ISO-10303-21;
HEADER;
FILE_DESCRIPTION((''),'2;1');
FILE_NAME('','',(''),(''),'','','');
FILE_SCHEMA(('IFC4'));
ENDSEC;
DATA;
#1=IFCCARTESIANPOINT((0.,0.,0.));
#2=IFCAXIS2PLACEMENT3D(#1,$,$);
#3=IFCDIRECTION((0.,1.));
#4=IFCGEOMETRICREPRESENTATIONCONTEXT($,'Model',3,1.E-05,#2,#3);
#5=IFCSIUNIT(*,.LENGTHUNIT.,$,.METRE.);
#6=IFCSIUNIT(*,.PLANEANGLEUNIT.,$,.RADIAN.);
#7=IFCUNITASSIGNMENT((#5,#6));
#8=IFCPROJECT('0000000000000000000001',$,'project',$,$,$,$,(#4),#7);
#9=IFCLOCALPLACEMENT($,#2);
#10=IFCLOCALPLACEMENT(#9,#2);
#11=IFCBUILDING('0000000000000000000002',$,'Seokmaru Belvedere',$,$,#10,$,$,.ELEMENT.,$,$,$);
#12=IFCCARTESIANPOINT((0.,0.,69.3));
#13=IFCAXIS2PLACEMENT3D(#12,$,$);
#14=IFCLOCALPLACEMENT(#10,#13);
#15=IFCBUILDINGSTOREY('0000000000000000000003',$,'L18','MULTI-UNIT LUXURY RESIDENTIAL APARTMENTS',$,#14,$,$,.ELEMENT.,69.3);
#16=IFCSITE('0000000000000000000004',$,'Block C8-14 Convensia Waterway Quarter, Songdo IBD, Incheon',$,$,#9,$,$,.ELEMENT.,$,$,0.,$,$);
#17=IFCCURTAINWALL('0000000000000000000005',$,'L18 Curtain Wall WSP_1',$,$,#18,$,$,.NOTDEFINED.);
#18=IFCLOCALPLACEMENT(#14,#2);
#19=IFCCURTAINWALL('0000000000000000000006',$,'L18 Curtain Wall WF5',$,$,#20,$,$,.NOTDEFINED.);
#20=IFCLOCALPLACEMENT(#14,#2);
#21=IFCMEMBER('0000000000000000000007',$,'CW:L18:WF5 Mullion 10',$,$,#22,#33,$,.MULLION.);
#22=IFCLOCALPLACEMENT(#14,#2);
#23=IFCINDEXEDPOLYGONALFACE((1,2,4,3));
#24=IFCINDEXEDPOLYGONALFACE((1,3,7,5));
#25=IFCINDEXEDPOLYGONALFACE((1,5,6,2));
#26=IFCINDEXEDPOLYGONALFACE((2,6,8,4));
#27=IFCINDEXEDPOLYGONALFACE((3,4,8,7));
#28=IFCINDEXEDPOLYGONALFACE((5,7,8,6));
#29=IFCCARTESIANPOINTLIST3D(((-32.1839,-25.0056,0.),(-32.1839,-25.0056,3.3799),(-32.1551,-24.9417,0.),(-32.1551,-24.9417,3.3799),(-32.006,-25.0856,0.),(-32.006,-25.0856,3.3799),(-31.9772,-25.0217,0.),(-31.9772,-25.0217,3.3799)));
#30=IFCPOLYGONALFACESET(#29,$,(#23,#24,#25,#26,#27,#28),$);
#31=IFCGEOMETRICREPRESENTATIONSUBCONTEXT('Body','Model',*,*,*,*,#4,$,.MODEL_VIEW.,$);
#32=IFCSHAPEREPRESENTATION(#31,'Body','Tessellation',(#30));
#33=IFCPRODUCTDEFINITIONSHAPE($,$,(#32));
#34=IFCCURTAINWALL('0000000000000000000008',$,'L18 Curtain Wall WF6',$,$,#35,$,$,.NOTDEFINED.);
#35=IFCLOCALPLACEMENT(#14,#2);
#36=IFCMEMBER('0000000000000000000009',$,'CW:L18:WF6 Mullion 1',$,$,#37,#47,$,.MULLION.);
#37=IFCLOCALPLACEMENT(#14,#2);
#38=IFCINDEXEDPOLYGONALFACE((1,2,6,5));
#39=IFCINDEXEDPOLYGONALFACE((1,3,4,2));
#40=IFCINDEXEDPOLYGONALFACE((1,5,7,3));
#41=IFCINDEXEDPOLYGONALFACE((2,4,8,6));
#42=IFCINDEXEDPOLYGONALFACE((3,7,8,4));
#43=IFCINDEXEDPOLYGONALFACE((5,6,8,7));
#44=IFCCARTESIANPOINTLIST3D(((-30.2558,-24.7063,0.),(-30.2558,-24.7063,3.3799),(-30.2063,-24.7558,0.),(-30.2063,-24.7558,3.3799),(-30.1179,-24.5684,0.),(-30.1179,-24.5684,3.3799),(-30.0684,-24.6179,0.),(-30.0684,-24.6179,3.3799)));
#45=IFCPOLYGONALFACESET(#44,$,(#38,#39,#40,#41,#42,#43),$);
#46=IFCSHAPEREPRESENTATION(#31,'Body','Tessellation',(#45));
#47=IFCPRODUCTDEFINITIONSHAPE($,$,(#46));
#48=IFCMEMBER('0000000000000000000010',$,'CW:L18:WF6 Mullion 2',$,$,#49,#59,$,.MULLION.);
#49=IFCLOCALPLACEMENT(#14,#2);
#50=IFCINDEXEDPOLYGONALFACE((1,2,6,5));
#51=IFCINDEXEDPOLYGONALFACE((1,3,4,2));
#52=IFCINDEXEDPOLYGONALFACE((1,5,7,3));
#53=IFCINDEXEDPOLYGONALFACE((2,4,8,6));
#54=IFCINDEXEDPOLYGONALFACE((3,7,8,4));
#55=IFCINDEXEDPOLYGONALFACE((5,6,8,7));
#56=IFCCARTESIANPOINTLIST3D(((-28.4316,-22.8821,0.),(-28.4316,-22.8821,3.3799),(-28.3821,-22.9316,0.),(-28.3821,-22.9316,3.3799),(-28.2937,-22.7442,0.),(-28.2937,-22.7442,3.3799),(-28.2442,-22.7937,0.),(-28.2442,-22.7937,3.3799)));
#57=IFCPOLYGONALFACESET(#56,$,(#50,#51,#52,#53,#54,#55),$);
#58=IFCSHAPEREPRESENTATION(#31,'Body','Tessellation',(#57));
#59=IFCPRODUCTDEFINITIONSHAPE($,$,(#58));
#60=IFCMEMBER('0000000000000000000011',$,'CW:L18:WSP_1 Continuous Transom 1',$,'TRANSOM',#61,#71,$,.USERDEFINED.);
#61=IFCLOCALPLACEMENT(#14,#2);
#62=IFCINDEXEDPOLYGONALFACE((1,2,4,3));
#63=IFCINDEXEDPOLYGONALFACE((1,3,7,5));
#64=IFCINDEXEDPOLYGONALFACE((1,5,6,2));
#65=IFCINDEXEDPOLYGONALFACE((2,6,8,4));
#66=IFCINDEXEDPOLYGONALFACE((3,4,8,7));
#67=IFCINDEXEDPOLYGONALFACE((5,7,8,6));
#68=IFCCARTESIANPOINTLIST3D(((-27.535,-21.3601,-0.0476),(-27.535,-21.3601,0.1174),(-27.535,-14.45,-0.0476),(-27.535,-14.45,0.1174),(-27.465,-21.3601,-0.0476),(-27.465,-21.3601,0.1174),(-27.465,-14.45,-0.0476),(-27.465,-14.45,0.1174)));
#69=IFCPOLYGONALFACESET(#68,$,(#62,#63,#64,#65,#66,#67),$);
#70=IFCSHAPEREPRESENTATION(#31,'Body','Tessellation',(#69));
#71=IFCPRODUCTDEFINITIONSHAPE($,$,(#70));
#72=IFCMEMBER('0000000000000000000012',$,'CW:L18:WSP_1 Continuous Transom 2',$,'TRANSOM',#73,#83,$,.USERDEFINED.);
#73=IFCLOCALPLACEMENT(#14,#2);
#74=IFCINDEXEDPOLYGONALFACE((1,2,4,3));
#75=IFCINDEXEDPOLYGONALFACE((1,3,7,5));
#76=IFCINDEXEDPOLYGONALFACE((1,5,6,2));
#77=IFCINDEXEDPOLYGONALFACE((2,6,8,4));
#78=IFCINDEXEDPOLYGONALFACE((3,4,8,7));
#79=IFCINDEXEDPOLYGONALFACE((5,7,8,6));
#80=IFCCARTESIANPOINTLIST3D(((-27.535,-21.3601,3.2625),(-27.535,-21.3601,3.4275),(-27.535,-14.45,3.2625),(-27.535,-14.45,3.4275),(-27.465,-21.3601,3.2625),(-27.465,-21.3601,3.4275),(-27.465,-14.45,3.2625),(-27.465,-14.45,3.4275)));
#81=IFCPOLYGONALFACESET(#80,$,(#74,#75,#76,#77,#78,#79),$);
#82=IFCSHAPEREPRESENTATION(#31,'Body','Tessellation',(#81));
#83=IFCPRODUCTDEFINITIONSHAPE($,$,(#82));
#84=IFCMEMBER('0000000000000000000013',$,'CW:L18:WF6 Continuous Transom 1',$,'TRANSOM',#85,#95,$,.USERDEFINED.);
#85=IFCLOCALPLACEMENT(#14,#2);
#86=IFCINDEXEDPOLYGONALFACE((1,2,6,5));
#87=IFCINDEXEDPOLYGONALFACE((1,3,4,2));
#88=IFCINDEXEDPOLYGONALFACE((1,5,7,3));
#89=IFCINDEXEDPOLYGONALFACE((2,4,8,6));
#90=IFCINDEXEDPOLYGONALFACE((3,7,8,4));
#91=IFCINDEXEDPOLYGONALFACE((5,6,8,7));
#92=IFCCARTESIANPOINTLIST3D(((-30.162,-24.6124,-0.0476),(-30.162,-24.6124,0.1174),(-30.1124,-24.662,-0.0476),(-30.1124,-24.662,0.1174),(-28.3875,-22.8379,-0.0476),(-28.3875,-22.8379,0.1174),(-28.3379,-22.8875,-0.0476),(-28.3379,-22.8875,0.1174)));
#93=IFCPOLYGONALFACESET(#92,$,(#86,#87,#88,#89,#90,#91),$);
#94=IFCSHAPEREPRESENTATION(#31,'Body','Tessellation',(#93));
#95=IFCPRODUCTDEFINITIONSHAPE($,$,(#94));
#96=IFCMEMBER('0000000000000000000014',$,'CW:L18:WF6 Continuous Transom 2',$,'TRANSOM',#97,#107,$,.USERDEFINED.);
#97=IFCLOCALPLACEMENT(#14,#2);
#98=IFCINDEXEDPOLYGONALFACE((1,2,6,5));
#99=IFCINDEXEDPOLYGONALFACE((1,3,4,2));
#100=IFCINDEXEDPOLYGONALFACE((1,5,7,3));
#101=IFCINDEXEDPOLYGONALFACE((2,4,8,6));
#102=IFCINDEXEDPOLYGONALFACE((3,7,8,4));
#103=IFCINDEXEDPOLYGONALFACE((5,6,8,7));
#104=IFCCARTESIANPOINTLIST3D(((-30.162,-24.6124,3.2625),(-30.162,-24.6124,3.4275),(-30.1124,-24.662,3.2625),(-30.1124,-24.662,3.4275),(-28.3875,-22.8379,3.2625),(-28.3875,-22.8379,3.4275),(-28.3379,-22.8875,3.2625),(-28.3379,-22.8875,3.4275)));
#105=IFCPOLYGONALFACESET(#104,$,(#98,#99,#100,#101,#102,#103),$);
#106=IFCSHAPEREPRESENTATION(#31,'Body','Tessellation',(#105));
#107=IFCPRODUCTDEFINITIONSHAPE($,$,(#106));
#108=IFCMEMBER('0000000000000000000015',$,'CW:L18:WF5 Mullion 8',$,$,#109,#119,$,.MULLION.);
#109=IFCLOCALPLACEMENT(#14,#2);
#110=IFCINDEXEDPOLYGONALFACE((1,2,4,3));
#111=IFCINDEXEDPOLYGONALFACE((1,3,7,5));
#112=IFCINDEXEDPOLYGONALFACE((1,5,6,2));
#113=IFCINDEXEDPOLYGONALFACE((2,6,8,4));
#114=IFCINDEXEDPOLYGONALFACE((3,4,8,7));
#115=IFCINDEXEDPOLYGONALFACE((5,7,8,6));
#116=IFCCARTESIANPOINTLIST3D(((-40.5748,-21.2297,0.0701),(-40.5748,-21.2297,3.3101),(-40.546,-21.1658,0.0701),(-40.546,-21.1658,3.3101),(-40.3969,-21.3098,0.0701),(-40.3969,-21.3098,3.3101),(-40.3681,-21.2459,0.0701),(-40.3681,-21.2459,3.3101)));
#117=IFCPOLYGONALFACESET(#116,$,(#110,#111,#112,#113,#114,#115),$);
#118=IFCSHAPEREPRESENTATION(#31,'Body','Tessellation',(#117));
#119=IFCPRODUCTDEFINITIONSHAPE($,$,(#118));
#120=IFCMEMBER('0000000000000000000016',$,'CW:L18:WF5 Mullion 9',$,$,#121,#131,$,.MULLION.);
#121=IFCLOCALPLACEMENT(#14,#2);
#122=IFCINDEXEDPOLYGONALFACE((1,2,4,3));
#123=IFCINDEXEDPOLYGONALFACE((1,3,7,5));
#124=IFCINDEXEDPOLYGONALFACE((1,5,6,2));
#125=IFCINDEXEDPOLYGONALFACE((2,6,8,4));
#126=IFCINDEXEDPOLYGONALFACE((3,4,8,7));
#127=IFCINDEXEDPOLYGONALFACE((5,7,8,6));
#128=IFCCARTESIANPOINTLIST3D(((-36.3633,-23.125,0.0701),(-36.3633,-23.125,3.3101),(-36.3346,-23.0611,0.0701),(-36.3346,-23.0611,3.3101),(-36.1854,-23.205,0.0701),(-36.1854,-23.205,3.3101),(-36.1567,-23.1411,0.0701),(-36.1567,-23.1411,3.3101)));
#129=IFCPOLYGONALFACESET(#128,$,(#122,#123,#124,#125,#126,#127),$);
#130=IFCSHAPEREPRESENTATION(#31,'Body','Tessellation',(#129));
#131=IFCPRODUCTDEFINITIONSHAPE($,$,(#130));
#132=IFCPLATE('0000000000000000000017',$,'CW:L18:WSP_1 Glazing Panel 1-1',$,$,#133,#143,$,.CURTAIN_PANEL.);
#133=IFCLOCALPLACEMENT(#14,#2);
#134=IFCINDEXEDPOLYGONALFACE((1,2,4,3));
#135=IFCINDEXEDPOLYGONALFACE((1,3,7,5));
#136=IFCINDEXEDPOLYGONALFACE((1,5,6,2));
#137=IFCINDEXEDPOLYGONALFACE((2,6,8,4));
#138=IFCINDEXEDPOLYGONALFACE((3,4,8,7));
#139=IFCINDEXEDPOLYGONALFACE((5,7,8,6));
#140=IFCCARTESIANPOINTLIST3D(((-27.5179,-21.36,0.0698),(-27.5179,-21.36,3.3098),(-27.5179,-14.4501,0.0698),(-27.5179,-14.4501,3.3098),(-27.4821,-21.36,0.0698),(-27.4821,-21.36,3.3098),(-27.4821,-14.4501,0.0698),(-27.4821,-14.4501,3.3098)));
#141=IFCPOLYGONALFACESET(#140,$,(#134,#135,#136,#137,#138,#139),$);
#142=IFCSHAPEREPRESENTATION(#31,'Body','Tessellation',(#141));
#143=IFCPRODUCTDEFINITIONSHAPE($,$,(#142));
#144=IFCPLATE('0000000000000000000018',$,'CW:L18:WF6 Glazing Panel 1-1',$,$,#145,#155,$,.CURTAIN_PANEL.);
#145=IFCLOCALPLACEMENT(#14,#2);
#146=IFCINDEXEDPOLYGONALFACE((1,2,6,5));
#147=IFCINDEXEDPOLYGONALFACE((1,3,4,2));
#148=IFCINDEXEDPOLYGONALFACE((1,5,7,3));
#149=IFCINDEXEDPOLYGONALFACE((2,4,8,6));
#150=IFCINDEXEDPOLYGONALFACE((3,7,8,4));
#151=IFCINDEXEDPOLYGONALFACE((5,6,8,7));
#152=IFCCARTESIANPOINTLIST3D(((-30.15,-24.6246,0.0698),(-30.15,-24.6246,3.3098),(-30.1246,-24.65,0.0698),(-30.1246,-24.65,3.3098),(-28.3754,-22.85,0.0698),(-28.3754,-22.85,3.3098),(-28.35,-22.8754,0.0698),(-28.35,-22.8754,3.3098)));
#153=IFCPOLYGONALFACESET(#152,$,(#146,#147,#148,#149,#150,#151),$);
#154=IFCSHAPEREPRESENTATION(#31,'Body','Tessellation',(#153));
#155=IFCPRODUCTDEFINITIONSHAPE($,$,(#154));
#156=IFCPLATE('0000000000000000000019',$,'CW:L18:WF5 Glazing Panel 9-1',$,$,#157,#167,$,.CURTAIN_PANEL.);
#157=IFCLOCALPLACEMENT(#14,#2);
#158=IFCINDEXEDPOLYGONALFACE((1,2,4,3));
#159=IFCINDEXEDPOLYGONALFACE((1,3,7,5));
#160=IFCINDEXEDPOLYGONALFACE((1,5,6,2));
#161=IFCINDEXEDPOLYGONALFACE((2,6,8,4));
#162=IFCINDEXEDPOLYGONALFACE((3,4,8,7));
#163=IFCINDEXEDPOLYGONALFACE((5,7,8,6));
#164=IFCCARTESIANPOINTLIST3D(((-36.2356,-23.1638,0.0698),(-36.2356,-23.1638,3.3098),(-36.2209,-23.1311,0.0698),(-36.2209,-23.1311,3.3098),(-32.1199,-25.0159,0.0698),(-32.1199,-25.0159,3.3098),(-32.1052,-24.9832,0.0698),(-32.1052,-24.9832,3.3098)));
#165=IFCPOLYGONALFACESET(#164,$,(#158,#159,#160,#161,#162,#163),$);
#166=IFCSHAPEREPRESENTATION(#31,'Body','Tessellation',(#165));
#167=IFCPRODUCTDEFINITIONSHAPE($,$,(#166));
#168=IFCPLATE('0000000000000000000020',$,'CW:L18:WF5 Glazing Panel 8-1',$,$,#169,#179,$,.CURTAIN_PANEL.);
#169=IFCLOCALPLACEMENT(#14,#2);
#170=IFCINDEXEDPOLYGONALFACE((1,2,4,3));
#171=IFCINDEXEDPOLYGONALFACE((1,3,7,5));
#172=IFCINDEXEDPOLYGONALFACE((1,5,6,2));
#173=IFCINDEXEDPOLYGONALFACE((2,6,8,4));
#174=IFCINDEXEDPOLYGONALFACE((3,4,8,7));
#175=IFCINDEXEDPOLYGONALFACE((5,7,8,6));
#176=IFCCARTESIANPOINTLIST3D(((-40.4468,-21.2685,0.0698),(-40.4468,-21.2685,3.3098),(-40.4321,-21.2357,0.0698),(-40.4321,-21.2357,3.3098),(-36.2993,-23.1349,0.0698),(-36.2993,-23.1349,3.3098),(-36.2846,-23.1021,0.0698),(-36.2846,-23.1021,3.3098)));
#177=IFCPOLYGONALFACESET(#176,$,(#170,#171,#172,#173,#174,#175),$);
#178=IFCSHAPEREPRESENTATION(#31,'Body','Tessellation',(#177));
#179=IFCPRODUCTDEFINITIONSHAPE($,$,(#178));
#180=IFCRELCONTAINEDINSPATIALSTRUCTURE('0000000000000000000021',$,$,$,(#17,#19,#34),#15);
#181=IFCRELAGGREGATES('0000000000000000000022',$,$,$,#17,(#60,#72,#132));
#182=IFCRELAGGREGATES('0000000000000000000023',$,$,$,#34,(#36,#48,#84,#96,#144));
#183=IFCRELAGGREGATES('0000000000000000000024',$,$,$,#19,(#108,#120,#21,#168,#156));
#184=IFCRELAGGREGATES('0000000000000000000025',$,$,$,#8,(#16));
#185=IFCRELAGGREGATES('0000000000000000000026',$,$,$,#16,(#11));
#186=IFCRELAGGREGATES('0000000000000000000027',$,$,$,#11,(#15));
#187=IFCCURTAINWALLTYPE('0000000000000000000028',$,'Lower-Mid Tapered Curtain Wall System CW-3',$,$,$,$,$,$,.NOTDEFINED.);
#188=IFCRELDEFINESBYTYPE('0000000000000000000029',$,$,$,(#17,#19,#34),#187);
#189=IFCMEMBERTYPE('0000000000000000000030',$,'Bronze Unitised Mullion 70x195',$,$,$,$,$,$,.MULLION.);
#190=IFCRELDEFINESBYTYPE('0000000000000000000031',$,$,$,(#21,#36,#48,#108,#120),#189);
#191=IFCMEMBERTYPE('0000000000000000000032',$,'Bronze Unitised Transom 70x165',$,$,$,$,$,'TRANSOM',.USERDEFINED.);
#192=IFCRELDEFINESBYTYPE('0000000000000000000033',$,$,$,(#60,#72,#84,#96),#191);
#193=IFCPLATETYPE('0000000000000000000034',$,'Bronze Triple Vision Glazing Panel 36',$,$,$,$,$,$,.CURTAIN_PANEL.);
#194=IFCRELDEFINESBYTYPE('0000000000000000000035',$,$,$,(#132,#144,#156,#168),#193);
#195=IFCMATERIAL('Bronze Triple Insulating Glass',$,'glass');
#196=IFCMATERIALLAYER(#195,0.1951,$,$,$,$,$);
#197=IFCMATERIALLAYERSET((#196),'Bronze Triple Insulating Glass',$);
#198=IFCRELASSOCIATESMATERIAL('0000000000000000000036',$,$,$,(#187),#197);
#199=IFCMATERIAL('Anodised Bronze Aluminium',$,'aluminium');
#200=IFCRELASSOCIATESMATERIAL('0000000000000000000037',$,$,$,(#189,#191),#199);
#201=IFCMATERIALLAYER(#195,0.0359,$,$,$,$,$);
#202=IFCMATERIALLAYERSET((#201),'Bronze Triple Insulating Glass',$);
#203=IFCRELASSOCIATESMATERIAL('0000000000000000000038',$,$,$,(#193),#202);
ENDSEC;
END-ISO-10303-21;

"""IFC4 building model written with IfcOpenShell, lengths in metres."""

from ifc_helpers import new_model, si_unit, direction, frame, origin, origin_2d, place, context, subcontext, project, spatial, rectangle, extrude, source, transform, mapped, material, layer, layer_set, material_profile, profile_set, type_object, type_shapes, element, aggregate, save


model = new_model("IFC4")

# Units and contexts
model_context = context("Model", 3, precision=1e-05, world=origin(), true_north=direction((0.0, 1.0)))
body_context = subcontext(model_context, "Body", "Model", "MODEL_VIEW")
ifc_project = project(units=[si_unit("LENGTHUNIT", "METRE"), si_unit("PLANEANGLEUNIT", "RADIAN")], contexts=[model_context])

# Site, building, storey
site_placement = place(None, origin())
site = spatial("IfcSite", under=ifc_project, at=site_placement, Name="Block C8-14 Convensia Waterway Quarter, Songdo IBD, Incheon", CompositionType="ELEMENT", RefElevation=0.0)
building_placement = place(site_placement, origin())
building = spatial("IfcBuilding", under=site, at=building_placement, Name="Seokmaru Belvedere", CompositionType="ELEMENT")
storey_placement = place(building_placement, frame((0.0, 0.0, 69.3)))
storey = spatial("IfcBuildingStorey", under=building, at=storey_placement, Name="L18", Description="MULTI-UNIT LUXURY RESIDENTIAL APARTMENTS", CompositionType="ELEMENT", Elevation=69.3)

# Curtain wall
ifc_material_1 = material(Name="Bronze Triple Insulating Glass", Category="glass")
ifc_layer_1 = layer(ifc_material_1, 0.1951)
ifc_layer_set_1 = layer_set([ifc_layer_1], Name="Bronze Triple Insulating Glass")
curtain_wall_type = type_object("IfcCurtainWallType", Name="Lower-Mid Tapered Curtain Wall System CW-3", PredefinedType="NOTDEFINED", material=ifc_layer_set_1)
curtain_wall_1_placement = place(storey_placement, origin())
curtain_wall_1 = element("IfcCurtainWall", 1, at=curtain_wall_1_placement, inside=storey, type_object=curtain_wall_type, Name="L18 Curtain Wall WSP_1", PredefinedType="NOTDEFINED")
ifc_material_2 = material(Name="Anodised Bronze Aluminium", Category="aluminium")
ifc_material_profile_1 = material_profile(ifc_material_2, rectangle(XDim=0.0701, YDim=0.1951, at=origin_2d()), Name="CW-M-70x195")
ifc_profile_set_1 = profile_set([ifc_material_profile_1], Name="Anodised Bronze Aluminium")
member_type_1 = type_object("IfcMemberType", Name="Bronze Unitised Mullion 70x195", PredefinedType="MULLION", material=ifc_profile_set_1)
shared_shape_1 = source(origin(), body_context, "Body", "SweptSolid", [
    extrude(rectangle(XDim=0.0701, YDim=0.1951, at=origin_2d()), origin(), (0.0, 0.0, 1.0), 3.3799),
])

# Curtain wall, member
curtain_wall_2_placement = place(storey_placement, origin())
curtain_wall_2 = element("IfcCurtainWall", 2, at=curtain_wall_2_placement, inside=storey, type_object=curtain_wall_type, Name="L18 Curtain Wall WF5", PredefinedType="NOTDEFINED")
member_1_placement = place(storey_placement, frame((-32.0806, -25.0137, 0.0), z_axis=(0.0, 0.0, 1.0), x_axis=(0.410366, 0.911921, 0.0)))
member_1 = element("IfcMember", 3, at=member_1_placement, type_object=member_type_1, Name="CW:L18:WF5 Mullion 10", PredefinedType="MULLION", context=body_context, shape_type="MappedRepresentation", body=[
    mapped(shared_shape_1, transform((0.0, 0.0, 0.0), scale=1.0)),
])

# Curtain wall, members
curtain_wall_3_placement = place(storey_placement, origin())
curtain_wall_3 = element("IfcCurtainWall", 4, at=curtain_wall_3_placement, inside=storey, type_object=curtain_wall_type, Name="L18 Curtain Wall WF6", PredefinedType="NOTDEFINED")
member_2_placement = place(storey_placement, frame((-30.1621, -24.6621, 0.0), z_axis=(0.0, 0.0, 1.0), x_axis=(-0.707107, 0.707107, 0.0)))
member_2 = element("IfcMember", 5, at=member_2_placement, type_object=member_type_1, Name="CW:L18:WF6 Mullion 1", PredefinedType="MULLION", context=body_context, shape_type="MappedRepresentation", body=[
    mapped(shared_shape_1, transform((0.0, 0.0, 0.0), scale=1.0)),
])
member_3_placement = place(storey_placement, frame((-28.3379, -22.8379, 0.0), z_axis=(0.0, 0.0, 1.0), x_axis=(-0.707107, 0.707107, 0.0)))
member_3 = element("IfcMember", 6, at=member_3_placement, type_object=member_type_1, Name="CW:L18:WF6 Mullion 2", PredefinedType="MULLION", context=body_context, shape_type="MappedRepresentation", body=[
    mapped(shared_shape_1, transform((0.0, 0.0, 0.0), scale=1.0)),
])

# Members
ifc_material_profile_2 = material_profile(ifc_material_2, rectangle(XDim=0.0701, YDim=0.165, at=origin_2d()), Name="CW-T-70x165")
ifc_profile_set_2 = profile_set([ifc_material_profile_2], Name="Anodised Bronze Aluminium")
member_type_2 = type_object("IfcMemberType", Name="Bronze Unitised Transom 70x165", ElementType="TRANSOM", PredefinedType="USERDEFINED", material=ifc_profile_set_2)
shared_shape_2 = source(origin(), body_context, "Body", "SweptSolid", [
    extrude(rectangle(XDim=0.0701, YDim=0.165, at=origin_2d()), origin(), (0.0, 0.0, 1.0), 6.9102),
])
member_4_placement = place(storey_placement, frame((-27.5, -21.3601, 0.0349), z_axis=(0.0, 1.0, 0.0), x_axis=(-1.0, 0.0, 0.0)))
member_4 = element("IfcMember", 7, at=member_4_placement, type_object=member_type_2, Name="CW:L18:WSP_1 Continuous Transom 1", ObjectType="TRANSOM", PredefinedType="USERDEFINED", context=body_context, shape_type="MappedRepresentation", body=[
    mapped(shared_shape_2, transform((0.0, 0.0, 0.0), scale=1.0)),
])
member_5_placement = place(storey_placement, frame((-27.5, -21.3601, 3.345), z_axis=(0.0, 1.0, 0.0), x_axis=(-1.0, 0.0, 0.0)))
member_5 = element("IfcMember", 8, at=member_5_placement, type_object=member_type_2, Name="CW:L18:WSP_1 Continuous Transom 2", ObjectType="TRANSOM", PredefinedType="USERDEFINED", context=body_context, shape_type="MappedRepresentation", body=[
    mapped(shared_shape_2, transform((0.0, 0.0, 0.0), scale=1.0)),
])
shared_shape_3 = source(origin(), body_context, "Body", "SweptSolid", [
    extrude(rectangle(XDim=0.0701, YDim=0.165, at=origin_2d()), origin(), (0.0, 0.0, 1.0), 2.5095),
])
type_shapes(member_type_2, [shared_shape_2, shared_shape_3])
member_6_placement = place(storey_placement, frame((-30.1372, -24.6372, 0.0349), z_axis=(0.707107, 0.707107, 0.0), x_axis=(-0.707107, 0.707107, 0.0)))
member_6 = element("IfcMember", 9, at=member_6_placement, type_object=member_type_2, Name="CW:L18:WF6 Continuous Transom 1", ObjectType="TRANSOM", PredefinedType="USERDEFINED", context=body_context, shape_type="MappedRepresentation", body=[
    mapped(shared_shape_3, transform((0.0, 0.0, 0.0), scale=1.0)),
])
member_7_placement = place(storey_placement, frame((-30.1372, -24.6372, 3.345), z_axis=(0.707107, 0.707107, 0.0), x_axis=(-0.707107, 0.707107, 0.0)))
member_7 = element("IfcMember", 10, at=member_7_placement, type_object=member_type_2, Name="CW:L18:WF6 Continuous Transom 2", ObjectType="TRANSOM", PredefinedType="USERDEFINED", context=body_context, shape_type="MappedRepresentation", body=[
    mapped(shared_shape_3, transform((0.0, 0.0, 0.0), scale=1.0)),
])
shared_shape_4 = source(origin(), body_context, "Body", "SweptSolid", [
    extrude(rectangle(XDim=0.0701, YDim=0.1951, at=origin_2d()), origin(), (0.0, 0.0, 1.0), 3.24),
])
type_shapes(member_type_1, [shared_shape_1, shared_shape_4])
member_8_placement = place(storey_placement, frame((-40.4714, -21.2378, 0.0701), z_axis=(0.0, 0.0, 1.0), x_axis=(0.410366, 0.911921, 0.0)))
member_8 = element("IfcMember", 11, at=member_8_placement, type_object=member_type_1, Name="CW:L18:WF5 Mullion 8", PredefinedType="MULLION", context=body_context, shape_type="MappedRepresentation", body=[
    mapped(shared_shape_4, transform((0.0, 0.0, 0.0), scale=1.0)),
])
member_9_placement = place(storey_placement, frame((-36.26, -23.1331, 0.0701), z_axis=(0.0, 0.0, 1.0), x_axis=(0.410366, 0.911921, 0.0)))
member_9 = element("IfcMember", 12, at=member_9_placement, type_object=member_type_1, Name="CW:L18:WF5 Mullion 9", PredefinedType="MULLION", context=body_context, shape_type="MappedRepresentation", body=[
    mapped(shared_shape_4, transform((0.0, 0.0, 0.0), scale=1.0)),
])

# Plates
ifc_layer_2 = layer(ifc_material_1, 0.0359)
ifc_layer_set_2 = layer_set([ifc_layer_2], Name="Bronze Triple Insulating Glass")
plate_type = type_object("IfcPlateType", Name="Bronze Triple Vision Glazing Panel 36", PredefinedType="CURTAIN_PANEL", material=ifc_layer_set_2)
shared_shape_5 = source(origin(), body_context, "Body", "SweptSolid", [
    extrude(rectangle(XDim=6.9099, YDim=0.0359, at=origin_2d()), origin(), (0.0, 0.0, 1.0), 3.24),
])
plate_1_placement = place(storey_placement, frame((-27.5, -17.905, 0.0698), z_axis=(0.0, 0.0, 1.0), x_axis=(0.0, 1.0, 0.0)))
plate_1 = element("IfcPlate", 13, at=plate_1_placement, type_object=plate_type, Name="CW:L18:WSP_1 Glazing Panel 1-1", PredefinedType="CURTAIN_PANEL", context=body_context, shape_type="MappedRepresentation", body=[
    mapped(shared_shape_5, transform((0.0, 0.0, 0.0), scale=1.0)),
])
aggregate(curtain_wall_1, [member_4, member_5, plate_1])
shared_shape_6 = source(origin(), body_context, "Body", "SweptSolid", [
    extrude(rectangle(XDim=2.5098, YDim=0.0359, at=origin_2d()), origin(), (0.0, 0.0, 1.0), 3.24),
])
plate_2_placement = place(storey_placement, frame((-29.25, -23.75, 0.0698), z_axis=(0.0, 0.0, 1.0), x_axis=(0.707107, 0.707107, 0.0)))
plate_2 = element("IfcPlate", 14, at=plate_2_placement, type_object=plate_type, Name="CW:L18:WF6 Glazing Panel 1-1", PredefinedType="CURTAIN_PANEL", context=body_context, shape_type="MappedRepresentation", body=[
    mapped(shared_shape_6, transform((0.0, 0.0, 0.0), scale=1.0)),
])
aggregate(curtain_wall_3, [member_2, member_3, member_6, member_7, plate_2])
shared_shape_7 = source(origin(), body_context, "Body", "SweptSolid", [
    extrude(rectangle(XDim=4.5132, YDim=0.0359, at=origin_2d()), origin(), (0.0, 0.0, 1.0), 3.24),
])
plate_3_placement = place(storey_placement, frame((-34.1704, -24.0735, 0.0698), z_axis=(0.0, 0.0, 1.0), x_axis=(0.911921, -0.410366, 0.0)))
plate_3 = element("IfcPlate", 15, at=plate_3_placement, type_object=plate_type, Name="CW:L18:WF5 Glazing Panel 9-1", PredefinedType="CURTAIN_PANEL", context=body_context, shape_type="MappedRepresentation", body=[
    mapped(shared_shape_7, transform((0.0, 0.0, 0.0), scale=1.0)),
])
shared_shape_8 = source(origin(), body_context, "Body", "SweptSolid", [
    extrude(rectangle(XDim=4.5481, YDim=0.0359, at=origin_2d()), origin(), (0.0, 0.0, 1.0), 3.24),
])
type_shapes(plate_type, [shared_shape_5, shared_shape_6, shared_shape_7, shared_shape_8])
plate_4_placement = place(storey_placement, frame((-38.3657, -22.1853, 0.0698), z_axis=(0.0, 0.0, 1.0), x_axis=(0.911921, -0.410366, 0.0)))
plate_4 = element("IfcPlate", 16, at=plate_4_placement, type_object=plate_type, Name="CW:L18:WF5 Glazing Panel 8-1", PredefinedType="CURTAIN_PANEL", context=body_context, shape_type="MappedRepresentation", body=[
    mapped(shared_shape_8, transform((0.0, 0.0, 0.0), scale=1.0)),
])
aggregate(curtain_wall_2, [member_8, member_9, member_1, plate_4, plate_3])

save(model, "model.ifc")
